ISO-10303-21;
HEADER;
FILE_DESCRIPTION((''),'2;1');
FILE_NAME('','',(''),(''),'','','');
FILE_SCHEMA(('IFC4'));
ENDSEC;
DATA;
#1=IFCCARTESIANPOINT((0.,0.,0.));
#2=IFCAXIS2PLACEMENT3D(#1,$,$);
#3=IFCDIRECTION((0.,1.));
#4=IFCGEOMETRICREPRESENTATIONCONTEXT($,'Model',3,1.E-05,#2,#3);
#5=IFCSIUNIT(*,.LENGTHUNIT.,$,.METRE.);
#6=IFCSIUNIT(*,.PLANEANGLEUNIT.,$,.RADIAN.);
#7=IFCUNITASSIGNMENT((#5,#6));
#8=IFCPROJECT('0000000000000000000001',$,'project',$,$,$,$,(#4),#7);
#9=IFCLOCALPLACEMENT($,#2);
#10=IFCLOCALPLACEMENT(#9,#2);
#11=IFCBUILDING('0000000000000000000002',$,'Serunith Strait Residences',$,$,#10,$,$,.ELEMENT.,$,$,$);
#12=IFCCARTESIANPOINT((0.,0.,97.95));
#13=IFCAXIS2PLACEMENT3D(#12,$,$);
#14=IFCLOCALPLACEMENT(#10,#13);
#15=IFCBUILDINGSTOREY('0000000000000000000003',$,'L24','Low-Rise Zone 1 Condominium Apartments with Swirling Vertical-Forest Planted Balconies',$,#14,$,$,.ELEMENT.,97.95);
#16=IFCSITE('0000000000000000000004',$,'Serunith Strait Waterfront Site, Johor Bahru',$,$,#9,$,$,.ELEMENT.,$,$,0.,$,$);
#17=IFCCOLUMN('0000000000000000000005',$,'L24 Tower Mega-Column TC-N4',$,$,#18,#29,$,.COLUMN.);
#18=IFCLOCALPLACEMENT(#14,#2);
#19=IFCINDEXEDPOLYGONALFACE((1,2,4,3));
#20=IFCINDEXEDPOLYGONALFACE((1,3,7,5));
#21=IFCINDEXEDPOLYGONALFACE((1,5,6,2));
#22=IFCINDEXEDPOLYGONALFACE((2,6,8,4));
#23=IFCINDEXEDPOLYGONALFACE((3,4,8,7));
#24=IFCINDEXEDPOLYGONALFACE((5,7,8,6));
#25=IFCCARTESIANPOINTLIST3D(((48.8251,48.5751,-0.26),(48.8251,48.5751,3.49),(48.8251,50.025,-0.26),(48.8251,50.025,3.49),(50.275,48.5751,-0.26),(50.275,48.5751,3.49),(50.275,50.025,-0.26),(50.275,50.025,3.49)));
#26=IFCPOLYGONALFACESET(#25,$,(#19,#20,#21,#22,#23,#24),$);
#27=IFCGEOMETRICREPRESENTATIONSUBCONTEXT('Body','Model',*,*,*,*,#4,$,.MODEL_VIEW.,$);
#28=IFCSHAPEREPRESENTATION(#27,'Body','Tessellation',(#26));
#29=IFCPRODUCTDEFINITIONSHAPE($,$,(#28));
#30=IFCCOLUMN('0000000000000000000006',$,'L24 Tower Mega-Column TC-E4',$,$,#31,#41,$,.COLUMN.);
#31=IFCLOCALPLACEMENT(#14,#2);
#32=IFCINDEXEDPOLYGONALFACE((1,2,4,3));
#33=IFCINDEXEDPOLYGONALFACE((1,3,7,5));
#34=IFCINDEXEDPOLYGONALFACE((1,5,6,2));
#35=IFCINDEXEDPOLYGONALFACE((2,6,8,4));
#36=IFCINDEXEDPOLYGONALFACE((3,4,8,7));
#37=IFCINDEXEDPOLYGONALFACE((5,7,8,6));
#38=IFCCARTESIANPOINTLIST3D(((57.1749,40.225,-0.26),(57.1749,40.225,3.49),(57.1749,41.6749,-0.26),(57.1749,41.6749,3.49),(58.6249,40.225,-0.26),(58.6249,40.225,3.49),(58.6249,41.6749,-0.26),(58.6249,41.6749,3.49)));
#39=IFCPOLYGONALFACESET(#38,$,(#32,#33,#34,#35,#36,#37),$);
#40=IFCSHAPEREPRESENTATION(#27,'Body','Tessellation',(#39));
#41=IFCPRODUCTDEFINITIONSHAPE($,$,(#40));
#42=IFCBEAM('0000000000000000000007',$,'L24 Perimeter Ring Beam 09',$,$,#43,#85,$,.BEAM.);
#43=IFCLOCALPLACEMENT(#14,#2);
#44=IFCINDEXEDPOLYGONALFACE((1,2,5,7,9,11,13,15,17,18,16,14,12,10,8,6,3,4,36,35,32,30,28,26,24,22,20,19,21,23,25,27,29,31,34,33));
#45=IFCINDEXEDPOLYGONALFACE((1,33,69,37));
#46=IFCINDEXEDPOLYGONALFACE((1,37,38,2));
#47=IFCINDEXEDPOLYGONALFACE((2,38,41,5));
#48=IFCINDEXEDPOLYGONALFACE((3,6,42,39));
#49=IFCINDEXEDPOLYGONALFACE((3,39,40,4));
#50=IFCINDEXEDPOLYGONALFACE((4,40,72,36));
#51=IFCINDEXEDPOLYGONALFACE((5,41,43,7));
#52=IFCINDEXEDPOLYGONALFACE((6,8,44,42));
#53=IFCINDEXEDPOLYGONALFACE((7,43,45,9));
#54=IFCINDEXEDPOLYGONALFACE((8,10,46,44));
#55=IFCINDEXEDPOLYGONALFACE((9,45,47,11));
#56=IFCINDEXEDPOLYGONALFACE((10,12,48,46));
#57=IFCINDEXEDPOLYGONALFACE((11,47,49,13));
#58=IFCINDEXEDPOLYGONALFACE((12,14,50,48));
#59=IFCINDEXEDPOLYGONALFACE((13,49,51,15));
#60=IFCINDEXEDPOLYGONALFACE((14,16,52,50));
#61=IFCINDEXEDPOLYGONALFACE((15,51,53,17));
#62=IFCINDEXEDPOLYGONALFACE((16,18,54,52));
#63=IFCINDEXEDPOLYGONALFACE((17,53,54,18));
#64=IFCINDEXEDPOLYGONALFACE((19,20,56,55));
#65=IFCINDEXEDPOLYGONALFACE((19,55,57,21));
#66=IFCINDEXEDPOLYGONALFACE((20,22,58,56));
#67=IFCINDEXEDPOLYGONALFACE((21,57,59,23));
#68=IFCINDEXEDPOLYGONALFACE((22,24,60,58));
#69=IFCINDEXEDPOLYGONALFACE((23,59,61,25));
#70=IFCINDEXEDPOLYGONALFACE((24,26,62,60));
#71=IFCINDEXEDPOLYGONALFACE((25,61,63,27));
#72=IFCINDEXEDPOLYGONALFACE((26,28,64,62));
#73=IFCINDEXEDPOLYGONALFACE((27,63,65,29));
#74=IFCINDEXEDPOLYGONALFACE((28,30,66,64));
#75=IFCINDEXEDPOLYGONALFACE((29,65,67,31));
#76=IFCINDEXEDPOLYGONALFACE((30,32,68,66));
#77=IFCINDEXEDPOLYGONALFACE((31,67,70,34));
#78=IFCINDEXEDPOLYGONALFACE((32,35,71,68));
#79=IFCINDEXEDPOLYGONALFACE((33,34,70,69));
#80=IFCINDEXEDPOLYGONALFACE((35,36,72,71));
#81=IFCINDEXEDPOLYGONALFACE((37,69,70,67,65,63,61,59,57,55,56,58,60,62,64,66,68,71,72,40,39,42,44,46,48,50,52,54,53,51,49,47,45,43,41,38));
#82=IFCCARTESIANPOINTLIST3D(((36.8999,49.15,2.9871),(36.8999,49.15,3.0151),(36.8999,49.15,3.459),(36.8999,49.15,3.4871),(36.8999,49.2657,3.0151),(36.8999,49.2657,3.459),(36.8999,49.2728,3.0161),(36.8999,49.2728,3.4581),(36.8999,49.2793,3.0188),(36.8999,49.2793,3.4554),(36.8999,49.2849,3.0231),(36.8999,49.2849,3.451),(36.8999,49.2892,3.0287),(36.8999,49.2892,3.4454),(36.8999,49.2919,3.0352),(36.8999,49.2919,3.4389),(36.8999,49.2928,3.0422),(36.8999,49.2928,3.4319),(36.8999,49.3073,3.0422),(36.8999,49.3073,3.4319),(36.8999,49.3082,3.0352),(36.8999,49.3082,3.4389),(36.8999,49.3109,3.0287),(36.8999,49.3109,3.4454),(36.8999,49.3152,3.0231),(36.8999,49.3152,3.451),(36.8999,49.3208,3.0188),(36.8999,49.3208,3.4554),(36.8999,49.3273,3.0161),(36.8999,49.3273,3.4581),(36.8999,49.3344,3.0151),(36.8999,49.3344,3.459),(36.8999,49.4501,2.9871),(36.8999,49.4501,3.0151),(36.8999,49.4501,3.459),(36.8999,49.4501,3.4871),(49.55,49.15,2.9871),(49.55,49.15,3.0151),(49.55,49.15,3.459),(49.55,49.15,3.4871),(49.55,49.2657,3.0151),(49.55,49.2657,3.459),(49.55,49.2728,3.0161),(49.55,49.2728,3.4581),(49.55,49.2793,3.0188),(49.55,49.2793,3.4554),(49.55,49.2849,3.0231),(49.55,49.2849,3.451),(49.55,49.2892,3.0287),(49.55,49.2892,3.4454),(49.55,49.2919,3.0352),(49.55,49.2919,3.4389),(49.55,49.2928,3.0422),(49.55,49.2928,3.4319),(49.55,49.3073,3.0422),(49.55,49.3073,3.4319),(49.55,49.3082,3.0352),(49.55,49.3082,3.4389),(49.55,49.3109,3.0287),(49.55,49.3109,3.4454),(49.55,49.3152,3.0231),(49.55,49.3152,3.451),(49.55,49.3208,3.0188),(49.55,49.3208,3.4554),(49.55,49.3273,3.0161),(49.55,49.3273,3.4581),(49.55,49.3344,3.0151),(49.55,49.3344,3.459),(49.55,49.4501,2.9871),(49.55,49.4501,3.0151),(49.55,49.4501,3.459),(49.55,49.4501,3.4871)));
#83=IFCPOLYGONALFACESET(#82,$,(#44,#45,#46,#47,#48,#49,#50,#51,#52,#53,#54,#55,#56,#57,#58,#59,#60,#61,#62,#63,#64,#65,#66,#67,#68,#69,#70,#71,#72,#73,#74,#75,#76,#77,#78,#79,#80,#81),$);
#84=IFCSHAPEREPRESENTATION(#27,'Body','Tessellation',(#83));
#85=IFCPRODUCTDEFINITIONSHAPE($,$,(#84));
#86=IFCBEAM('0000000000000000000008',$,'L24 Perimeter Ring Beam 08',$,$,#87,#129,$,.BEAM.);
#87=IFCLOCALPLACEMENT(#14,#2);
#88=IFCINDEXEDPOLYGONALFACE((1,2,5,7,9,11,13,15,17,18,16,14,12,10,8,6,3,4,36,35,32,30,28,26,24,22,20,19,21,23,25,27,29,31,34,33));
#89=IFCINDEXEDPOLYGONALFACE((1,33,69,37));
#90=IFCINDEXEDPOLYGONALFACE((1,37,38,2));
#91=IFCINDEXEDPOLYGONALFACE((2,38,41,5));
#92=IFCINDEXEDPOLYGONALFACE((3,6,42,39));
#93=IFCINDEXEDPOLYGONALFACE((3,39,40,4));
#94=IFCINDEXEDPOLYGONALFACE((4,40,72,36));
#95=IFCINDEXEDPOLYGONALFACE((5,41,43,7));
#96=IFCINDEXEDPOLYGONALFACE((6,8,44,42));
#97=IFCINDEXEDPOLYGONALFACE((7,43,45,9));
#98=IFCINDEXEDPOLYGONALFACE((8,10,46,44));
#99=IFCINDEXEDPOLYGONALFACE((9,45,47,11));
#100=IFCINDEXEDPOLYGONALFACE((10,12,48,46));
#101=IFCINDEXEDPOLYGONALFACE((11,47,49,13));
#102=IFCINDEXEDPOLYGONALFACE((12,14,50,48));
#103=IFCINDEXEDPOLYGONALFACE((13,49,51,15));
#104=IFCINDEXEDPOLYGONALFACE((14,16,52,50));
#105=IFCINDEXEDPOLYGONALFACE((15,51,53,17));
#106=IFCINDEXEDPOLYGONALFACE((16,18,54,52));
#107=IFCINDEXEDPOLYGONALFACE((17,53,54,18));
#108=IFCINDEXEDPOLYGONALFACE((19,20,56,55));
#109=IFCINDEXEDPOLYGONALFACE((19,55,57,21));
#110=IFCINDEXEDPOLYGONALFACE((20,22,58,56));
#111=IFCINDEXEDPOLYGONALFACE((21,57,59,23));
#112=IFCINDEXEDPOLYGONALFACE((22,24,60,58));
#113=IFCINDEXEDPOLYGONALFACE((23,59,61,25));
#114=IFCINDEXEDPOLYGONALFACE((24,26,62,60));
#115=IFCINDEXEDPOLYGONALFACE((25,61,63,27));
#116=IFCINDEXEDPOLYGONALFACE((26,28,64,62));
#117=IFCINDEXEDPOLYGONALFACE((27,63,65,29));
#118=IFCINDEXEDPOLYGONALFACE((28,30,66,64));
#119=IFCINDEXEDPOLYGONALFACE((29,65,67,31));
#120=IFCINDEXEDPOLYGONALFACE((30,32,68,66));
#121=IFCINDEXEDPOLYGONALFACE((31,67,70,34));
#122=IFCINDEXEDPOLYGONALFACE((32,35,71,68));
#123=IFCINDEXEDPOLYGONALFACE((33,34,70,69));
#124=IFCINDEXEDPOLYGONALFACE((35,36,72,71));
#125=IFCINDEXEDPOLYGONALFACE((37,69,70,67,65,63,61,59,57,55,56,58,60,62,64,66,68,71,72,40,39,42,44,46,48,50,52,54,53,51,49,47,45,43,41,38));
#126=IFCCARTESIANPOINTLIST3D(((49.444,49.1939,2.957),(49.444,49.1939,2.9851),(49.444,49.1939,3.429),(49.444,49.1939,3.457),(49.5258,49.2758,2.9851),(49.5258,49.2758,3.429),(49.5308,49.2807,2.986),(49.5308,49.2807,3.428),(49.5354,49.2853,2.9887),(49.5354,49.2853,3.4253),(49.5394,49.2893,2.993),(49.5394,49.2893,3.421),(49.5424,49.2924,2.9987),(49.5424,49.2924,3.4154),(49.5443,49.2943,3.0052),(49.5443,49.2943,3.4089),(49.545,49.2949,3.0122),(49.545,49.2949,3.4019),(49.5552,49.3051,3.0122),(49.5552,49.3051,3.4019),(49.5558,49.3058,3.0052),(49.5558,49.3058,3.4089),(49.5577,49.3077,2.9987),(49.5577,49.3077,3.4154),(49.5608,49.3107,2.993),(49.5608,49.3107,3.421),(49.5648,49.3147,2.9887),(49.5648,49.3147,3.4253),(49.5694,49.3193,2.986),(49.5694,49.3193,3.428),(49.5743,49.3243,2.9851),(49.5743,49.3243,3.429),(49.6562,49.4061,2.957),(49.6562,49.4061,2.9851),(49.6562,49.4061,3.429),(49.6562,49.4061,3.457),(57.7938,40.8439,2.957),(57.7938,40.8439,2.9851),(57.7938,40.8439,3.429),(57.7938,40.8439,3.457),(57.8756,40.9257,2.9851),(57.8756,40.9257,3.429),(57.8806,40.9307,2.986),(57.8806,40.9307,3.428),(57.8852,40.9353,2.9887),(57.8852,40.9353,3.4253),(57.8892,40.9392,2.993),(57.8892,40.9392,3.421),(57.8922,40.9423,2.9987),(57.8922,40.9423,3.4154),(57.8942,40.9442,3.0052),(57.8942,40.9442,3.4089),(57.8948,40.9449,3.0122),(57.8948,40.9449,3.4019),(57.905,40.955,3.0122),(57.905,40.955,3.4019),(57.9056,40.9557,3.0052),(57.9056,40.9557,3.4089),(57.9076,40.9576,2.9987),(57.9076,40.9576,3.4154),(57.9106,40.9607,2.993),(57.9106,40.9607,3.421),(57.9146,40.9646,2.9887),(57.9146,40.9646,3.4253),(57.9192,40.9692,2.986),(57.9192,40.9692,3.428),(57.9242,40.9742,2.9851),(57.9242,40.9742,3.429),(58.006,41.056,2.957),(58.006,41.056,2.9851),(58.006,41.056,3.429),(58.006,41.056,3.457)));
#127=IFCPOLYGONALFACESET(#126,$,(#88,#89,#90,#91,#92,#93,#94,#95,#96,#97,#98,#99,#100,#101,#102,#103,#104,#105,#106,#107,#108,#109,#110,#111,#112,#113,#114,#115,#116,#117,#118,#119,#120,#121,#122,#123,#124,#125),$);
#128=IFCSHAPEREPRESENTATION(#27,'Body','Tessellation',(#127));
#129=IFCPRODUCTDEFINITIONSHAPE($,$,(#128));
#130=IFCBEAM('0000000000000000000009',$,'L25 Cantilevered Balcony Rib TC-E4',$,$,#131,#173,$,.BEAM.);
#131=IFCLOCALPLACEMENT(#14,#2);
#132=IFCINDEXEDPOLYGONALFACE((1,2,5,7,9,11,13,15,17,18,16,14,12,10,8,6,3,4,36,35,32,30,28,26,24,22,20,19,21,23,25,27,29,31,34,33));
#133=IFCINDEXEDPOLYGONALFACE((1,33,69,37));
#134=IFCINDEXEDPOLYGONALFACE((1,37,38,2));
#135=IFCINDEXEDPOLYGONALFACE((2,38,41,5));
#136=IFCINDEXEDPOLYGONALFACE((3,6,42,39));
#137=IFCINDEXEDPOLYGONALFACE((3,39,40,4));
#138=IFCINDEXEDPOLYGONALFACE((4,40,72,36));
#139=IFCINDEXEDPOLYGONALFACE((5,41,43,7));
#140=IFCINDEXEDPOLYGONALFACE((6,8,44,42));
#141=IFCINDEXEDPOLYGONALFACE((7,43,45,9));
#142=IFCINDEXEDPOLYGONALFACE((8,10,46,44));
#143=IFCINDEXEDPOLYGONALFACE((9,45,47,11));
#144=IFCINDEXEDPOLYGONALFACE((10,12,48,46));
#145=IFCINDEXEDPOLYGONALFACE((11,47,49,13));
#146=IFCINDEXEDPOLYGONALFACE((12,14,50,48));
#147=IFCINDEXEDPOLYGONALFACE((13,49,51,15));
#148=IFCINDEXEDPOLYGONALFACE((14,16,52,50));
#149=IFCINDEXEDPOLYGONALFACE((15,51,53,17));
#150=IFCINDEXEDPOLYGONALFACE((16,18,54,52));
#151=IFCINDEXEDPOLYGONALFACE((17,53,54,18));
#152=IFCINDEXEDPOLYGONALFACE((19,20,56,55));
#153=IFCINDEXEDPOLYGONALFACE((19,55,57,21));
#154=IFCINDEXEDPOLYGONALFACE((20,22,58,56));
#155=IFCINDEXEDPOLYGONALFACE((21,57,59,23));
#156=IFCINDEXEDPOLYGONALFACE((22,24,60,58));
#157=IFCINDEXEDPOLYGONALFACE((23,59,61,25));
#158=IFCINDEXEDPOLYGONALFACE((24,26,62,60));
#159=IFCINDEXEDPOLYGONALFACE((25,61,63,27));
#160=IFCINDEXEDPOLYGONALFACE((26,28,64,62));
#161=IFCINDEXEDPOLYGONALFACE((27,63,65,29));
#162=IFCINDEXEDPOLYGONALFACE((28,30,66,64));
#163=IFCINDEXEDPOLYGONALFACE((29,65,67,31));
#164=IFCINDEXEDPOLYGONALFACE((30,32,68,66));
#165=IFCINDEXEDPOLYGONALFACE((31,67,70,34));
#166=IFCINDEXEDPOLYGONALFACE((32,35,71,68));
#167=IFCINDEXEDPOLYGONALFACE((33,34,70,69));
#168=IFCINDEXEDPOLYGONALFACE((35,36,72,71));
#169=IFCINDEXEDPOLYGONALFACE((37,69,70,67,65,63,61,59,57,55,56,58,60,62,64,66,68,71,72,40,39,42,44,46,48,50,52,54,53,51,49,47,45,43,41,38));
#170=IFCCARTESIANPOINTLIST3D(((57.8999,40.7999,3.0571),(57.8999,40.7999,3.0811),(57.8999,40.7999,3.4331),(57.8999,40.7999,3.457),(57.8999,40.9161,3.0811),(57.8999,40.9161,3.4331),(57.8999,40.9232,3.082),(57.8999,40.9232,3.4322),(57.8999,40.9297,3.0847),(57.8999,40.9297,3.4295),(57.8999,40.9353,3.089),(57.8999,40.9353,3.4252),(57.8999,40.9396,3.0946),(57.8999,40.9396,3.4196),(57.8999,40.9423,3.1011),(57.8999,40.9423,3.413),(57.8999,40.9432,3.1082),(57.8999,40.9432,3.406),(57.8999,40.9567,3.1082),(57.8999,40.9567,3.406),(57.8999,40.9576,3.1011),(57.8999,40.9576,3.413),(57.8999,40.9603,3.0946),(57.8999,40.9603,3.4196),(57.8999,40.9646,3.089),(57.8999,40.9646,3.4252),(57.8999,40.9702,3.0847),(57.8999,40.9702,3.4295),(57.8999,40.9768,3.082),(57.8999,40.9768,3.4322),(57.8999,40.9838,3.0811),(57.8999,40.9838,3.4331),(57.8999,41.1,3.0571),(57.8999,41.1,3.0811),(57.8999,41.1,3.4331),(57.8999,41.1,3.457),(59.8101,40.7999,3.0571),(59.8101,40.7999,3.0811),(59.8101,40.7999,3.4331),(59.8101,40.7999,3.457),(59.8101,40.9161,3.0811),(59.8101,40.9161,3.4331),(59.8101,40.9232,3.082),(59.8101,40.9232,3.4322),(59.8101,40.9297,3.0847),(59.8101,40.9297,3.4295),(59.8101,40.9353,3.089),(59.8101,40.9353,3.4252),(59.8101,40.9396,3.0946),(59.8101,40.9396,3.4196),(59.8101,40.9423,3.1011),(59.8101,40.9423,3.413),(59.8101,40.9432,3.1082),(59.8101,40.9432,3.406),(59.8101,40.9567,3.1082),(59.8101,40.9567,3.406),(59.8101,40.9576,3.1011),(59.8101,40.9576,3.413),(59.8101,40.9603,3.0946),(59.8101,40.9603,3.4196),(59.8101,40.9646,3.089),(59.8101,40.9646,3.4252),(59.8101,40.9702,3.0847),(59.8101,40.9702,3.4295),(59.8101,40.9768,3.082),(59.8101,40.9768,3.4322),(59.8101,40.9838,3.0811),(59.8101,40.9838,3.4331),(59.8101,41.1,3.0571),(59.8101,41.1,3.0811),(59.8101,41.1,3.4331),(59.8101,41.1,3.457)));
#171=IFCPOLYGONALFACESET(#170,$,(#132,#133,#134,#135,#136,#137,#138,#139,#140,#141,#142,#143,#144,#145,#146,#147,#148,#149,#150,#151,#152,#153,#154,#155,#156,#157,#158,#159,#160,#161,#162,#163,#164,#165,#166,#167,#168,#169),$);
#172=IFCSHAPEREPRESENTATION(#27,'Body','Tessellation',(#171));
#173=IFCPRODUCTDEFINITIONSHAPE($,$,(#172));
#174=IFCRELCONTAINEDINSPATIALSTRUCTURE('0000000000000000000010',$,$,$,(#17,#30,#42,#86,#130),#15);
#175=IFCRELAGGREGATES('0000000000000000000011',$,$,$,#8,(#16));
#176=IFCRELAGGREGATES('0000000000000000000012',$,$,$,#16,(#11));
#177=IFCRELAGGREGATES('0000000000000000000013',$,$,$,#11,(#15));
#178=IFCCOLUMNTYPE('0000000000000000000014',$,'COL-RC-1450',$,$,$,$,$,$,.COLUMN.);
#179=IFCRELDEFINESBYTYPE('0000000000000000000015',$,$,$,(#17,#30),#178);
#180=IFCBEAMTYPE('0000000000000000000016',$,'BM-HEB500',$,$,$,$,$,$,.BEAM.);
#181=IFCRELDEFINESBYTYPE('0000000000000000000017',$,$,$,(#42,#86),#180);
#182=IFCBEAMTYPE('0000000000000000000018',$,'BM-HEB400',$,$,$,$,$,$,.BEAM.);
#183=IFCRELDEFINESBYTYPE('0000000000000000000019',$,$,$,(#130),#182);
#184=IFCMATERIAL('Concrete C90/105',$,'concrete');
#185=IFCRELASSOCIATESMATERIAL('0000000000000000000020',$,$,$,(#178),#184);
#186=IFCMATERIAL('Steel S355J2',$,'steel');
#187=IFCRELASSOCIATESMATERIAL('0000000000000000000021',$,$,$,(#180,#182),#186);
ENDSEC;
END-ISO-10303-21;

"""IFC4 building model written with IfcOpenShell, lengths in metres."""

from ifc_helpers import new_model, si_unit, direction, frame, origin, origin_2d, place, context, subcontext, project, spatial, rectangle, i_section, extrude, source, transform, mapped, material, material_profile, profile_set, type_object, element, save


model = new_model("IFC4")

# Units and contexts
model_context = context("Model", 3, precision=1e-05, world=origin(), true_north=direction((0.0, 1.0)))
body_context = subcontext(model_context, "Body", "Model", "MODEL_VIEW")
ifc_project = project(units=[si_unit("LENGTHUNIT", "METRE"), si_unit("PLANEANGLEUNIT", "RADIAN")], contexts=[model_context])

# Site, building, storey
site_placement = place(None, origin())
site = spatial("IfcSite", under=ifc_project, at=site_placement, Name="Serunith Strait Waterfront Site, Johor Bahru", CompositionType="ELEMENT", RefElevation=0.0)
building_placement = place(site_placement, origin())
building = spatial("IfcBuilding", under=site, at=building_placement, Name="Serunith Strait Residences", CompositionType="ELEMENT")
storey_placement = place(building_placement, frame((0.0, 0.0, 97.95)))
storey = spatial("IfcBuildingStorey", under=building, at=storey_placement, Name="L24", Description="Low-Rise Zone 1 Condominium Apartments with Swirling Vertical-Forest Planted Balconies", CompositionType="ELEMENT", Elevation=97.95)

# Columns
ifc_material_1 = material(Name="Concrete C90/105", Category="concrete")
ifc_material_profile_1 = material_profile(ifc_material_1, rectangle(XDim=1.45, YDim=1.45, at=origin_2d()), Name="RC 1450x1450")
ifc_profile_set_1 = profile_set([ifc_material_profile_1], Name="Concrete C90/105")
column_type = type_object("IfcColumnType", Name="COL-RC-1450", PredefinedType="COLUMN", material=ifc_profile_set_1)
shared_shape_1 = source(origin(), body_context, "Body", "SweptSolid", [
    extrude(rectangle(XDim=1.45, YDim=1.45, at=origin_2d()), origin(), (0.0, 0.0, 1.0), 3.75),
])
for number, where, z_axis, x_axis, name in (
    (1, (49.55, 49.3, -0.26), (0.0, 0.0, 1.0), (1.0, 0.0, 0.0), "L24 Tower Mega-Column TC-N4"),
    (2, (57.8999, 40.95, -0.26), (0.0, 0.0, 1.0), (1.0, 0.0, 0.0), "L24 Tower Mega-Column TC-E4"),
):
    element("IfcColumn", number, at=place(storey_placement, frame(where, z_axis=z_axis, x_axis=x_axis)), inside=storey, type_object=column_type, Name=name, PredefinedType="COLUMN", context=body_context, shape_type="MappedRepresentation", body=[
        mapped(shared_shape_1, transform((0.0, 0.0, 0.0), scale=1.0)),
    ])

# Beams
ifc_material_2 = material(Name="Steel S355J2", Category="steel")
ifc_material_profile_2 = material_profile(ifc_material_2, i_section(OverallWidth=0.3, OverallDepth=0.5, WebThickness=0.0144, FlangeThickness=0.0281, FilletRadius=0.0271, at=origin_2d()), Name="HEB 500")
ifc_profile_set_2 = profile_set([ifc_material_profile_2], Name="Steel S355J2")
beam_type_1 = type_object("IfcBeamType", Name="BM-HEB500", PredefinedType="BEAM", material=ifc_profile_set_2)
shared_shape_2 = source(origin(), body_context, "Body", "SweptSolid", [
    extrude(i_section(OverallWidth=0.3, OverallDepth=0.5, WebThickness=0.0144, FlangeThickness=0.0281, FilletRadius=0.0271, at=origin_2d()), origin(), (0.0, 0.0, 1.0), 12.6501),
])
beam_1_placement = place(storey_placement, frame((49.55, 49.3, 3.2371), z_axis=(-1.0, 0.0, 0.0), x_axis=(0.0, -1.0, 0.0)))
element("IfcBeam", 3, at=beam_1_placement, inside=storey, type_object=beam_type_1, Name="L24 Perimeter Ring Beam 09", PredefinedType="BEAM", context=body_context, shape_type="MappedRepresentation", body=[
    mapped(shared_shape_2, transform((0.0, 0.0, 0.0), scale=1.0)),
])
shared_shape_3 = source(origin(), body_context, "Body", "SweptSolid", [
    extrude(i_section(OverallWidth=0.3, OverallDepth=0.5, WebThickness=0.0144, FlangeThickness=0.0281, FilletRadius=0.0271, at=origin_2d()), origin(), (0.0, 0.0, 1.0), 11.8086),
])
beam_2_placement = place(storey_placement, frame((57.8999, 40.95, 3.207), z_axis=(-0.707096, 0.707117, 0.0), x_axis=(-0.707117, -0.707096, 0.0)))
element("IfcBeam", 4, at=beam_2_placement, inside=storey, type_object=beam_type_1, Name="L24 Perimeter Ring Beam 08", PredefinedType="BEAM", context=body_context, shape_type="MappedRepresentation", body=[
    mapped(shared_shape_3, transform((0.0, 0.0, 0.0), scale=1.0)),
])
ifc_material_profile_3 = material_profile(ifc_material_2, i_section(OverallWidth=0.3, OverallDepth=0.3999, WebThickness=0.0134, FlangeThickness=0.0239, FilletRadius=0.0271, at=origin_2d()), Name="HEB 400")
ifc_profile_set_3 = profile_set([ifc_material_profile_3], Name="Steel S355J2")
beam_type_2 = type_object("IfcBeamType", Name="BM-HEB400", PredefinedType="BEAM", material=ifc_profile_set_3)
shared_shape_4 = source(origin(), body_context, "Body", "SweptSolid", [
    extrude(i_section(OverallWidth=0.3, OverallDepth=0.3999, WebThickness=0.0134, FlangeThickness=0.0239, FilletRadius=0.0271, at=origin_2d()), origin(), (0.0, 0.0, 1.0), 1.9102),
])
beam_3_placement = place(storey_placement, frame((57.8999, 40.95, 3.2571), z_axis=(1.0, 0.0, 0.0), x_axis=(0.0, 1.0, 0.0)))
element("IfcBeam", 5, at=beam_3_placement, inside=storey, type_object=beam_type_2, Name="L25 Cantilevered Balcony Rib TC-E4", PredefinedType="BEAM", context=body_context, shape_type="MappedRepresentation", body=[
    mapped(shared_shape_4, transform((0.0, 0.0, 0.0), scale=1.0)),
])

save(model, "model.ifc")
